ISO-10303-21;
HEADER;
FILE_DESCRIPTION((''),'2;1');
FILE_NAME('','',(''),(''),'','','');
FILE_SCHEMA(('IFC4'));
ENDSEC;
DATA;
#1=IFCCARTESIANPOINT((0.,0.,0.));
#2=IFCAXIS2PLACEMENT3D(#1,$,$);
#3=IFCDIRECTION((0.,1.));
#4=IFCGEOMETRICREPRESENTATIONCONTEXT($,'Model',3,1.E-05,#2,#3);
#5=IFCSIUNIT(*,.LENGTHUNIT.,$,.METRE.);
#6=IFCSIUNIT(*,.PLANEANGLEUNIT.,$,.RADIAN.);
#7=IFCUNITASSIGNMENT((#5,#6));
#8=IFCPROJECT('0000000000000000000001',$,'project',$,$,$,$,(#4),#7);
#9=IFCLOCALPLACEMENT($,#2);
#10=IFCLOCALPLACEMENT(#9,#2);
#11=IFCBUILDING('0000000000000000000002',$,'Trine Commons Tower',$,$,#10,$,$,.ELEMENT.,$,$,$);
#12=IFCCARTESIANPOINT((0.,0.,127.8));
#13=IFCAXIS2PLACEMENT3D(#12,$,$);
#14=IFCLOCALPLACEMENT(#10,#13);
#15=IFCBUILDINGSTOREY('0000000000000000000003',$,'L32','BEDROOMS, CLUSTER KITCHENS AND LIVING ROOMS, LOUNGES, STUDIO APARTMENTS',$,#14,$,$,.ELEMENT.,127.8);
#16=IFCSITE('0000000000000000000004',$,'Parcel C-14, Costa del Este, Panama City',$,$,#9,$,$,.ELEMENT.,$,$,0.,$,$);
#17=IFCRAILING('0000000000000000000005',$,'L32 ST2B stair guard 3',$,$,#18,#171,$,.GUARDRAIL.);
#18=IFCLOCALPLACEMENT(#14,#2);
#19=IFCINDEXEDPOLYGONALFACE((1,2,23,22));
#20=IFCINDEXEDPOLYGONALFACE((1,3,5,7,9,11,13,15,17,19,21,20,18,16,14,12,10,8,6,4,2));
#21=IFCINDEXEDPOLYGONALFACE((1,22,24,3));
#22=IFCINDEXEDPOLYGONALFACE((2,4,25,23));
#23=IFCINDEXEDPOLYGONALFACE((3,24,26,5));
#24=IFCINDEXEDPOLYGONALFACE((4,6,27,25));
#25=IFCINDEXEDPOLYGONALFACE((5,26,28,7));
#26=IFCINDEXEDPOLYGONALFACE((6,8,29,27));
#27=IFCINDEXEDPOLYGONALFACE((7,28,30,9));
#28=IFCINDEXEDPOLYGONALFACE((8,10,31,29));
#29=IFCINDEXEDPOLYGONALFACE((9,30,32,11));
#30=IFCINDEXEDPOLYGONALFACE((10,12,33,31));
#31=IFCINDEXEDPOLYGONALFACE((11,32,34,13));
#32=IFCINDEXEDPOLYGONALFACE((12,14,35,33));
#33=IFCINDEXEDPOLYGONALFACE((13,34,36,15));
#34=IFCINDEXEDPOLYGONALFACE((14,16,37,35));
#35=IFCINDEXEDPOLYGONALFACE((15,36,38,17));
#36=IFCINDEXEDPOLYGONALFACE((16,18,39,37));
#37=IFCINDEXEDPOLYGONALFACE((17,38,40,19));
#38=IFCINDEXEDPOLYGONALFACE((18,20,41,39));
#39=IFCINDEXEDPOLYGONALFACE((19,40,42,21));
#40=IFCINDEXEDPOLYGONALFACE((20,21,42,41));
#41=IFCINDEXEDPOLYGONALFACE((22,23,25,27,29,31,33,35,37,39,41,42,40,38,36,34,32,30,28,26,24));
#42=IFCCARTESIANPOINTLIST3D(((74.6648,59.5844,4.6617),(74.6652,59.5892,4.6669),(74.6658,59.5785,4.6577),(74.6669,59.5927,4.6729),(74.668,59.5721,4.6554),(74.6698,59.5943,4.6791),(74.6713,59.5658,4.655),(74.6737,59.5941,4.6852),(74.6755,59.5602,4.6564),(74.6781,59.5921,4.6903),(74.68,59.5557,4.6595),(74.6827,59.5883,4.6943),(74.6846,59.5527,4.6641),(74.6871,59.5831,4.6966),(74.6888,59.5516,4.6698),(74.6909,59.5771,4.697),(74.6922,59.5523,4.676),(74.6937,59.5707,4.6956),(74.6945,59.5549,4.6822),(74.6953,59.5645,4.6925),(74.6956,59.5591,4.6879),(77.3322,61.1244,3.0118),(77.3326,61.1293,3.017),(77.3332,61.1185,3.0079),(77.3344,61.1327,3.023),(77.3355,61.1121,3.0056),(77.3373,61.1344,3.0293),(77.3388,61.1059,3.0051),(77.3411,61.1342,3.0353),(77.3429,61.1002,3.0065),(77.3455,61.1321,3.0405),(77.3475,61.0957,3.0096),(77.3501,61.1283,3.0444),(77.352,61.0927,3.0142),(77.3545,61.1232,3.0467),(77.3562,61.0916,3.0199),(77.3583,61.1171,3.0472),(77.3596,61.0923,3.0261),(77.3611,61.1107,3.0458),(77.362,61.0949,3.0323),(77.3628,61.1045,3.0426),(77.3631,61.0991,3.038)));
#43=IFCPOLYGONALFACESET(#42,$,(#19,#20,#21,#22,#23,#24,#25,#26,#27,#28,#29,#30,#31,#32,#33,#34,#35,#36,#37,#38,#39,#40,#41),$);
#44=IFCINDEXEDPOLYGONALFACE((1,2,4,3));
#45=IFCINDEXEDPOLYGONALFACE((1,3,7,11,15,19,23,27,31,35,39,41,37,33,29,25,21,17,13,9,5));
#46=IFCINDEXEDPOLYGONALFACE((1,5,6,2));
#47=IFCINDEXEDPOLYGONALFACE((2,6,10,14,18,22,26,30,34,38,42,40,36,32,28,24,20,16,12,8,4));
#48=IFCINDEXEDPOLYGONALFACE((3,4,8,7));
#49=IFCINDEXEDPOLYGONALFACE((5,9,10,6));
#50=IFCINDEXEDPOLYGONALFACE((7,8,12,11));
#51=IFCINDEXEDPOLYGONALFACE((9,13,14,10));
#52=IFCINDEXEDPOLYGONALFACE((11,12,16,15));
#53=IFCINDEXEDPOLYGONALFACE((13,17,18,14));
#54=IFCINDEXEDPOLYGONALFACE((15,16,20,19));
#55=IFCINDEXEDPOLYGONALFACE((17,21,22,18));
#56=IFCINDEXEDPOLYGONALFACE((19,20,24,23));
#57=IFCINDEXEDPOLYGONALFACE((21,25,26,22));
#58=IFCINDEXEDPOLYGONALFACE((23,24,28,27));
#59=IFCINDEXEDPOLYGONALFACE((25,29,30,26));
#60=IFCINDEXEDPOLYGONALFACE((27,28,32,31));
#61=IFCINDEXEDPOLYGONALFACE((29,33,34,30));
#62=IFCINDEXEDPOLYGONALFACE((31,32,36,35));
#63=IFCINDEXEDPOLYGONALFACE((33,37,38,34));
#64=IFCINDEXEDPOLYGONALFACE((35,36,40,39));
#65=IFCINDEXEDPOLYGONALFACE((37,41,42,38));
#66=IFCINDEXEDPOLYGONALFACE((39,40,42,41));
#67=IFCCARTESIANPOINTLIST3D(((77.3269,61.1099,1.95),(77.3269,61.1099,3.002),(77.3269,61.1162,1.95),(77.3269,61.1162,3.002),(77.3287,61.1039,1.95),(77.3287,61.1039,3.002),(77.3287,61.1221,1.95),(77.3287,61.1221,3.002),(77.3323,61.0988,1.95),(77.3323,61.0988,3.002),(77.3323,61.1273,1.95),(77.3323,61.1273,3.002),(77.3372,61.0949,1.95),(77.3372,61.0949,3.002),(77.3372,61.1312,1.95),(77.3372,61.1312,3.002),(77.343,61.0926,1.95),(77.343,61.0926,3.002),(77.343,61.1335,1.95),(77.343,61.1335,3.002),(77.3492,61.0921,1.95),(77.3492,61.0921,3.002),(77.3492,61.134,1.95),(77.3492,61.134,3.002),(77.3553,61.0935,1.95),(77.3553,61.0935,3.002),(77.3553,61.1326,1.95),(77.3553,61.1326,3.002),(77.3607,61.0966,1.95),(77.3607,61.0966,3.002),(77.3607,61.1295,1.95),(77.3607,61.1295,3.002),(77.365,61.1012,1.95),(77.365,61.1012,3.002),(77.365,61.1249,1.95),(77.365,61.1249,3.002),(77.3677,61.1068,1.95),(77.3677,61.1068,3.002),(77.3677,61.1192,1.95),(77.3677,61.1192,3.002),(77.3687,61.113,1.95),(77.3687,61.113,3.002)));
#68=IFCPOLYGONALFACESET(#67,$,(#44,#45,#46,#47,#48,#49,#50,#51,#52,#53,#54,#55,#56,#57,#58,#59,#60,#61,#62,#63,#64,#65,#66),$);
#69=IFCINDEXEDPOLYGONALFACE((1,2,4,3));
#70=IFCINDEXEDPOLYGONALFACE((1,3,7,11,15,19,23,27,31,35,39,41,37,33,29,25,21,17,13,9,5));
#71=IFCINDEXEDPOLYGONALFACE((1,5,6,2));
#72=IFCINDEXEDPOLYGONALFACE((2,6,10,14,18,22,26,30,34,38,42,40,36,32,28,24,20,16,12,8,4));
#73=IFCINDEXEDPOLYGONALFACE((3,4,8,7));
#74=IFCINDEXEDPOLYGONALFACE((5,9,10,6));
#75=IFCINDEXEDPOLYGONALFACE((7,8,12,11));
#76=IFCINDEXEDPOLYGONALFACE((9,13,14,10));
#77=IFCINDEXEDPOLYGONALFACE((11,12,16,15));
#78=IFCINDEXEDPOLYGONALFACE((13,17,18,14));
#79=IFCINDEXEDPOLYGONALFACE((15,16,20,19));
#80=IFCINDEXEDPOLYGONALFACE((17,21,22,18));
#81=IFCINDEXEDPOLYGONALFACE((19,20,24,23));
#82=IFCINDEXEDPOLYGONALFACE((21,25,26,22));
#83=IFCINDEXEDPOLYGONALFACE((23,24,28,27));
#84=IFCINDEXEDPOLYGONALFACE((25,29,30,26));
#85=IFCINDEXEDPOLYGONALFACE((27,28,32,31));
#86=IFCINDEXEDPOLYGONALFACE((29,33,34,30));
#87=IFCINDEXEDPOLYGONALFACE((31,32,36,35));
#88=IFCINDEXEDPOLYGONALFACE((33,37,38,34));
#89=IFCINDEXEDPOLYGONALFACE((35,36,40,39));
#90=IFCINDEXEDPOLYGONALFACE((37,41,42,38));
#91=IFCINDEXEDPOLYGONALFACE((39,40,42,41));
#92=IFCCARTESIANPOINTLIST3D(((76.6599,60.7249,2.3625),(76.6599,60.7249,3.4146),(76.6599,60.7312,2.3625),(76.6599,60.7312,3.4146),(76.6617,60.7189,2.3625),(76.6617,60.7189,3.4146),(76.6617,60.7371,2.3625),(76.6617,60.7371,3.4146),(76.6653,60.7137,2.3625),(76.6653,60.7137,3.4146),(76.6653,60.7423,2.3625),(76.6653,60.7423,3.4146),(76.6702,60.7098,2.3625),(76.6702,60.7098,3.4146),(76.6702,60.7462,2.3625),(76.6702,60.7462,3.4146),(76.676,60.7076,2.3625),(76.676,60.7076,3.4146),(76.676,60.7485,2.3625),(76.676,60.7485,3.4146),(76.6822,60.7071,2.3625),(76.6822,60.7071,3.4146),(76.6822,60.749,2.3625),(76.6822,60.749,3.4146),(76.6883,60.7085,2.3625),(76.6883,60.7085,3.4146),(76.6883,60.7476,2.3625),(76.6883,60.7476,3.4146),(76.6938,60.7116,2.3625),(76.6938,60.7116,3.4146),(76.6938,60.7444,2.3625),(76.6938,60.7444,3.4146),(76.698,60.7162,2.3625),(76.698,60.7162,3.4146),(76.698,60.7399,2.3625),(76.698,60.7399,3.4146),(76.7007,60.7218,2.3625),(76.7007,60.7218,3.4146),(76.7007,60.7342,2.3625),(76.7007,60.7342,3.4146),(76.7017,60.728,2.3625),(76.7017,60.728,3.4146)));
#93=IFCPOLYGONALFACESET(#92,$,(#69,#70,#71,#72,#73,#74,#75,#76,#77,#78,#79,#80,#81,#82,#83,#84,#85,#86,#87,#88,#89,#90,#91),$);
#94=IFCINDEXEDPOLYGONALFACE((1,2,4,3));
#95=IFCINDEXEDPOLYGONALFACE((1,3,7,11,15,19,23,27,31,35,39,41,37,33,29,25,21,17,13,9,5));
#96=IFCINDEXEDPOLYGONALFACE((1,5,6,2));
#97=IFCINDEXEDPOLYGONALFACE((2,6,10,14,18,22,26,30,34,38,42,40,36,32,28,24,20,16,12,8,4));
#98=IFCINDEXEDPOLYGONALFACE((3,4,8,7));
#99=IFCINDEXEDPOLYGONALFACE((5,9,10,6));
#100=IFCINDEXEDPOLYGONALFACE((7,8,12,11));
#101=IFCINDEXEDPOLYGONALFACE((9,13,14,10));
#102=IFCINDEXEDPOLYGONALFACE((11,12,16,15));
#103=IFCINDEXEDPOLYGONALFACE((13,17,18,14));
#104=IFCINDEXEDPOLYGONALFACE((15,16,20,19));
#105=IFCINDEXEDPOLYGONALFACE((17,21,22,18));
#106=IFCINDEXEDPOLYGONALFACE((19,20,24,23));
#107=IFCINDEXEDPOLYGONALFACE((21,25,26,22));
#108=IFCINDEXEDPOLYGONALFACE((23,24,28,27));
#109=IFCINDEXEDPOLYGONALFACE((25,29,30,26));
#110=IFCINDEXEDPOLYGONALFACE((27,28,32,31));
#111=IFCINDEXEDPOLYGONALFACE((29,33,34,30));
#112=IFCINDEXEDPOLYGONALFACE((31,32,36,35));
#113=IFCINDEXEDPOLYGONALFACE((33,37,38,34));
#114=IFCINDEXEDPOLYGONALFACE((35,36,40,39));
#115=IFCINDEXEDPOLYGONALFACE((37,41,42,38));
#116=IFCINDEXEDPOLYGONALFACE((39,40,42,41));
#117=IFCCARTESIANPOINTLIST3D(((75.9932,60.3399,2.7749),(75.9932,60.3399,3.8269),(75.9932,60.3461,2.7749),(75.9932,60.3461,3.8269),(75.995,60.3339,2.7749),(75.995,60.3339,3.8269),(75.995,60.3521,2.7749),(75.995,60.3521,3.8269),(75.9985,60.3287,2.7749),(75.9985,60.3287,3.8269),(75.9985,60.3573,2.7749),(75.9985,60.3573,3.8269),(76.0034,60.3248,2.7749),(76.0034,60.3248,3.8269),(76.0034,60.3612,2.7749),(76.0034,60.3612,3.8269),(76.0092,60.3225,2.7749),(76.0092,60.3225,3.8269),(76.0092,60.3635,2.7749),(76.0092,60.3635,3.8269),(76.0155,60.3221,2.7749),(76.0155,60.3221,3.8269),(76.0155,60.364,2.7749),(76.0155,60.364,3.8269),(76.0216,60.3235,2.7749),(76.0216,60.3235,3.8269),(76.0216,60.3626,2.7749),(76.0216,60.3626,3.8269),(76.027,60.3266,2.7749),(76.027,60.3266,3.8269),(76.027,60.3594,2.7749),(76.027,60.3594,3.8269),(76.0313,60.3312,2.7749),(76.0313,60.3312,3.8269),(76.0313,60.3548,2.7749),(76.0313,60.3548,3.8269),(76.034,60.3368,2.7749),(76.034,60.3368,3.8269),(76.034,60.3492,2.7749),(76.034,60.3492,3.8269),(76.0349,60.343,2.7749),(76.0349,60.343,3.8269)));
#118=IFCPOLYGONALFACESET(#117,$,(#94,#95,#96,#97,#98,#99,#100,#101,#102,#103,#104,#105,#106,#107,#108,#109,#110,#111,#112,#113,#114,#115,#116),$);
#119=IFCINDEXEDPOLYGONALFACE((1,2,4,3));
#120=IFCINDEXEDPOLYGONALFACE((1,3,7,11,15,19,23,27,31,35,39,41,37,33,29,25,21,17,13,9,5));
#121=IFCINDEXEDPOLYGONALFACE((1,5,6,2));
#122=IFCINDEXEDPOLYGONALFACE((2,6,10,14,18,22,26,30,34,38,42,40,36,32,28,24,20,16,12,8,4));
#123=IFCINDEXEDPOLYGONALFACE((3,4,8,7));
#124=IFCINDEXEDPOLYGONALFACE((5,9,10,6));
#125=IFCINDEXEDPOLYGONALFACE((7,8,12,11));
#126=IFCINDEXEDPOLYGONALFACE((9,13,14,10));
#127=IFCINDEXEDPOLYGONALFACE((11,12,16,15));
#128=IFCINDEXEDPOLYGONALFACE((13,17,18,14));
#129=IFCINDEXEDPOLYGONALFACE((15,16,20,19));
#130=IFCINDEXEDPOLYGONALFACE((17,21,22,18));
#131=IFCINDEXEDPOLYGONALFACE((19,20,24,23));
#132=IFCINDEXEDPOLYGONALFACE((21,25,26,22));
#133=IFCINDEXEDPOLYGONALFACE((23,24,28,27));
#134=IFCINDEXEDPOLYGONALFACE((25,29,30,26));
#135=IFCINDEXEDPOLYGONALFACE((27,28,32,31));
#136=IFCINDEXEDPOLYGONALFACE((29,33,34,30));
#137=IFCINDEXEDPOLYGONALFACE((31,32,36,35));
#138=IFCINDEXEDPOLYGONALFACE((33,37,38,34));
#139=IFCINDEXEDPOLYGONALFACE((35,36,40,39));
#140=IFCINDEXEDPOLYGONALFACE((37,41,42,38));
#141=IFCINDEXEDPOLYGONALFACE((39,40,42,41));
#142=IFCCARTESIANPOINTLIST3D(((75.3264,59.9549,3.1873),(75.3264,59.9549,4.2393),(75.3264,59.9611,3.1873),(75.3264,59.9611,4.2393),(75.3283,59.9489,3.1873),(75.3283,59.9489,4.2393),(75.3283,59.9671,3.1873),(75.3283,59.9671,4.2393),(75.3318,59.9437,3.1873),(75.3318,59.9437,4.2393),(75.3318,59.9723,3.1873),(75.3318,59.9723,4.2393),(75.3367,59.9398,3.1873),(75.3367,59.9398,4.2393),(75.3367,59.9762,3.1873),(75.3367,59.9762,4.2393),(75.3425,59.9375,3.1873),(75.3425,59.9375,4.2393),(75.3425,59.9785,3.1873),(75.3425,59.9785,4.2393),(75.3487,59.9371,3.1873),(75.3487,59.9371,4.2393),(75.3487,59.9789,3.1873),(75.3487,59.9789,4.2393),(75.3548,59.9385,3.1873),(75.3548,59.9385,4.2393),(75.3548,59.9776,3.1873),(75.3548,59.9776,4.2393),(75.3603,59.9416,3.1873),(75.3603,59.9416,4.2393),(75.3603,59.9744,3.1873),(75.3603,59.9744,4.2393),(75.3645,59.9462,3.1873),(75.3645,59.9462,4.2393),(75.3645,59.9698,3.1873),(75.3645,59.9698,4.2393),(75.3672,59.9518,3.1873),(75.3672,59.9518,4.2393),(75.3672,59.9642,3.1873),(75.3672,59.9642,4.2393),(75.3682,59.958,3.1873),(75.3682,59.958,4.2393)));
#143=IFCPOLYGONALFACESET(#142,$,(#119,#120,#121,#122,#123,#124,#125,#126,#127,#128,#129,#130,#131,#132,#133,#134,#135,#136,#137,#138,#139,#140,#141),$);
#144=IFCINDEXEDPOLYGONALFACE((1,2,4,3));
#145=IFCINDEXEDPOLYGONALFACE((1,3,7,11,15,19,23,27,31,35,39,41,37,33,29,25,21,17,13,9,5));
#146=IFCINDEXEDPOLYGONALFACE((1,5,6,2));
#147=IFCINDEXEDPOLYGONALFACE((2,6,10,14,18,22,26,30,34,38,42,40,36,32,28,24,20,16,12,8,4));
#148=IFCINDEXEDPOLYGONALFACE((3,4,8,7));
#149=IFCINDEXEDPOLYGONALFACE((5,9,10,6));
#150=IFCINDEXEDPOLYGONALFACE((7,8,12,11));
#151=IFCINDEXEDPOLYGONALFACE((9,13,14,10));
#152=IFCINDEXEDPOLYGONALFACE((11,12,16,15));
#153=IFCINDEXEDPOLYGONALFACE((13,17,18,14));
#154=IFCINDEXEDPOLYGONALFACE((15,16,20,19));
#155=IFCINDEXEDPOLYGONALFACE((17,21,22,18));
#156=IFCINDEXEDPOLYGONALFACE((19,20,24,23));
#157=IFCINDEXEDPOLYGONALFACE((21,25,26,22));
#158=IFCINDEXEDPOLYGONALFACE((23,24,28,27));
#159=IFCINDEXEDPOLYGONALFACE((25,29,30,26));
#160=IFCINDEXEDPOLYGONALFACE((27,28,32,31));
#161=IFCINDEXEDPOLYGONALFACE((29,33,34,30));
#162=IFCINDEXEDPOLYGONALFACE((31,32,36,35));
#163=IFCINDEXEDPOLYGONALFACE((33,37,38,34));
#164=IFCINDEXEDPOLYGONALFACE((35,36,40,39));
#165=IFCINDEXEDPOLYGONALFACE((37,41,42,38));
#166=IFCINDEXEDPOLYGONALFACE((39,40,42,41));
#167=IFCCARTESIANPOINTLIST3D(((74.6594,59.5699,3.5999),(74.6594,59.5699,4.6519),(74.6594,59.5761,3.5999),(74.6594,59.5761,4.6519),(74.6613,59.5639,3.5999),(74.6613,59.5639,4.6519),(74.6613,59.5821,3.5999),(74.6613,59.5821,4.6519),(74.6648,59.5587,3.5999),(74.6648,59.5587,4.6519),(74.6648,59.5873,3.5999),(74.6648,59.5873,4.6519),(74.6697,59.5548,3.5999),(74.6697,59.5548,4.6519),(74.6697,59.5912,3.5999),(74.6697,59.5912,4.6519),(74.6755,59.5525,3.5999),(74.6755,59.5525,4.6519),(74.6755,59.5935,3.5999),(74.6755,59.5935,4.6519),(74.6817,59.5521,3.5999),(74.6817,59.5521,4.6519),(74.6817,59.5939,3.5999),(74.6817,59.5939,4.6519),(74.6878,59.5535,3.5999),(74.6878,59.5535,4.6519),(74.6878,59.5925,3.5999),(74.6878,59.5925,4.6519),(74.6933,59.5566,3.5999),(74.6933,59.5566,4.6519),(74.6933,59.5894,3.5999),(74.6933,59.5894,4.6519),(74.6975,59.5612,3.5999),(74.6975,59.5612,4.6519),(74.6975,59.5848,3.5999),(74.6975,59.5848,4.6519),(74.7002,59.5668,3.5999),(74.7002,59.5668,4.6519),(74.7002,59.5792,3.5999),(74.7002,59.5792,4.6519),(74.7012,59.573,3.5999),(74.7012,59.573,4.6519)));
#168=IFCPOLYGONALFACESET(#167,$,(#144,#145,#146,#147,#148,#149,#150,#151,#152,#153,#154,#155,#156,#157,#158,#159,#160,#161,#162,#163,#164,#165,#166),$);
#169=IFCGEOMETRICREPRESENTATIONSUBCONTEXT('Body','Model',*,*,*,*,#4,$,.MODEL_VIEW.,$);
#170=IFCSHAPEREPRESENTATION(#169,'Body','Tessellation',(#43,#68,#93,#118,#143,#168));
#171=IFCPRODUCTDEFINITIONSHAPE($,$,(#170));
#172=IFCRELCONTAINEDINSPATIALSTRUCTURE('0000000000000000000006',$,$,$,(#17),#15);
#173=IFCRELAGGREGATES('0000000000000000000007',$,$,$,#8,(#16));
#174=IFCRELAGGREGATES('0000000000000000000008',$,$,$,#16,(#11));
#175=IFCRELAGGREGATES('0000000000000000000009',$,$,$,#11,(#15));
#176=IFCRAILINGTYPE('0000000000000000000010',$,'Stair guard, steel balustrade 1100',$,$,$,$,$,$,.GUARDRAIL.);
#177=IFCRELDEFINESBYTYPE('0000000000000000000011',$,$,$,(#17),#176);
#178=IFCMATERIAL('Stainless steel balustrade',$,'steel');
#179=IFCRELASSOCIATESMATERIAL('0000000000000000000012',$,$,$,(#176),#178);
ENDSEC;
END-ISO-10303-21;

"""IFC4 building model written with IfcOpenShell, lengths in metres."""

from ifc_helpers import new_model, si_unit, direction, frame, origin, origin_2d, place, context, subcontext, project, spatial, circle, extrude, material, type_object, element, save


model = new_model("IFC4")

# Units and contexts
model_context = context("Model", 3, precision=1e-05, world=origin(), true_north=direction((0.0, 1.0)))
body_context = subcontext(model_context, "Body", "Model", "MODEL_VIEW")
ifc_project = project(units=[si_unit("LENGTHUNIT", "METRE"), si_unit("PLANEANGLEUNIT", "RADIAN")], contexts=[model_context])

# Site, building, storey
site_placement = place(None, origin())
site = spatial("IfcSite", under=ifc_project, at=site_placement, Name="Parcel C-14, Costa del Este, Panama City", CompositionType="ELEMENT", RefElevation=0.0)
building_placement = place(site_placement, origin())
building = spatial("IfcBuilding", under=site, at=building_placement, Name="Trine Commons Tower", CompositionType="ELEMENT")
storey_placement = place(building_placement, frame((0.0, 0.0, 127.8)))
storey = spatial("IfcBuildingStorey", under=building, at=storey_placement, Name="L32", Description="BEDROOMS, CLUSTER KITCHENS AND LIVING ROOMS, LOUNGES, STUDIO APARTMENTS", CompositionType="ELEMENT", Elevation=127.8)

# Railing
ifc_material_1 = material(Name="Stainless steel balustrade", Category="steel")
railing_type_1 = type_object("IfcRailingType", Name="Stair guard, steel balustrade 1100", PredefinedType="GUARDRAIL", material=ifc_material_1)
railing_1_placement = place(storey_placement, frame((77.3477, 61.113, 1.95)))
element("IfcRailing", 1, at=railing_1_placement, inside=storey, type_object=railing_type_1, Name="L32 ST2B stair guard 3", PredefinedType="GUARDRAIL", context=body_context, shape_type="SweptSolid", body=[
    extrude(circle(Radius=0.0239, at=origin_2d()), frame((0.0, 0.0, 1.0762), z_axis=(-0.763405, -0.440743, 0.472185), x_axis=(0.499992, -0.86603, 0.0)), (0.0, 0.0, 1.0), 3.4941),
    extrude(circle(Radius=0.021, at=origin_2d()), origin(), (0.0, 0.0, 1.0), 1.052),
    extrude(circle(Radius=0.021, at=origin_2d()), frame((-0.667, -0.385, 0.4126)), (0.0, 0.0, 1.0), 1.052),
    extrude(circle(Radius=0.021, at=origin_2d()), frame((-1.3337, -0.77, 0.825)), (0.0, 0.0, 1.0), 1.052),
    extrude(circle(Radius=0.021, at=origin_2d()), frame((-2.0005, -1.155, 1.2373)), (0.0, 0.0, 1.0), 1.052),
    extrude(circle(Radius=0.021, at=origin_2d()), frame((-2.6675, -1.54, 1.6499)), (0.0, 0.0, 1.0), 1.052),
])

save(model, "model.ifc")
